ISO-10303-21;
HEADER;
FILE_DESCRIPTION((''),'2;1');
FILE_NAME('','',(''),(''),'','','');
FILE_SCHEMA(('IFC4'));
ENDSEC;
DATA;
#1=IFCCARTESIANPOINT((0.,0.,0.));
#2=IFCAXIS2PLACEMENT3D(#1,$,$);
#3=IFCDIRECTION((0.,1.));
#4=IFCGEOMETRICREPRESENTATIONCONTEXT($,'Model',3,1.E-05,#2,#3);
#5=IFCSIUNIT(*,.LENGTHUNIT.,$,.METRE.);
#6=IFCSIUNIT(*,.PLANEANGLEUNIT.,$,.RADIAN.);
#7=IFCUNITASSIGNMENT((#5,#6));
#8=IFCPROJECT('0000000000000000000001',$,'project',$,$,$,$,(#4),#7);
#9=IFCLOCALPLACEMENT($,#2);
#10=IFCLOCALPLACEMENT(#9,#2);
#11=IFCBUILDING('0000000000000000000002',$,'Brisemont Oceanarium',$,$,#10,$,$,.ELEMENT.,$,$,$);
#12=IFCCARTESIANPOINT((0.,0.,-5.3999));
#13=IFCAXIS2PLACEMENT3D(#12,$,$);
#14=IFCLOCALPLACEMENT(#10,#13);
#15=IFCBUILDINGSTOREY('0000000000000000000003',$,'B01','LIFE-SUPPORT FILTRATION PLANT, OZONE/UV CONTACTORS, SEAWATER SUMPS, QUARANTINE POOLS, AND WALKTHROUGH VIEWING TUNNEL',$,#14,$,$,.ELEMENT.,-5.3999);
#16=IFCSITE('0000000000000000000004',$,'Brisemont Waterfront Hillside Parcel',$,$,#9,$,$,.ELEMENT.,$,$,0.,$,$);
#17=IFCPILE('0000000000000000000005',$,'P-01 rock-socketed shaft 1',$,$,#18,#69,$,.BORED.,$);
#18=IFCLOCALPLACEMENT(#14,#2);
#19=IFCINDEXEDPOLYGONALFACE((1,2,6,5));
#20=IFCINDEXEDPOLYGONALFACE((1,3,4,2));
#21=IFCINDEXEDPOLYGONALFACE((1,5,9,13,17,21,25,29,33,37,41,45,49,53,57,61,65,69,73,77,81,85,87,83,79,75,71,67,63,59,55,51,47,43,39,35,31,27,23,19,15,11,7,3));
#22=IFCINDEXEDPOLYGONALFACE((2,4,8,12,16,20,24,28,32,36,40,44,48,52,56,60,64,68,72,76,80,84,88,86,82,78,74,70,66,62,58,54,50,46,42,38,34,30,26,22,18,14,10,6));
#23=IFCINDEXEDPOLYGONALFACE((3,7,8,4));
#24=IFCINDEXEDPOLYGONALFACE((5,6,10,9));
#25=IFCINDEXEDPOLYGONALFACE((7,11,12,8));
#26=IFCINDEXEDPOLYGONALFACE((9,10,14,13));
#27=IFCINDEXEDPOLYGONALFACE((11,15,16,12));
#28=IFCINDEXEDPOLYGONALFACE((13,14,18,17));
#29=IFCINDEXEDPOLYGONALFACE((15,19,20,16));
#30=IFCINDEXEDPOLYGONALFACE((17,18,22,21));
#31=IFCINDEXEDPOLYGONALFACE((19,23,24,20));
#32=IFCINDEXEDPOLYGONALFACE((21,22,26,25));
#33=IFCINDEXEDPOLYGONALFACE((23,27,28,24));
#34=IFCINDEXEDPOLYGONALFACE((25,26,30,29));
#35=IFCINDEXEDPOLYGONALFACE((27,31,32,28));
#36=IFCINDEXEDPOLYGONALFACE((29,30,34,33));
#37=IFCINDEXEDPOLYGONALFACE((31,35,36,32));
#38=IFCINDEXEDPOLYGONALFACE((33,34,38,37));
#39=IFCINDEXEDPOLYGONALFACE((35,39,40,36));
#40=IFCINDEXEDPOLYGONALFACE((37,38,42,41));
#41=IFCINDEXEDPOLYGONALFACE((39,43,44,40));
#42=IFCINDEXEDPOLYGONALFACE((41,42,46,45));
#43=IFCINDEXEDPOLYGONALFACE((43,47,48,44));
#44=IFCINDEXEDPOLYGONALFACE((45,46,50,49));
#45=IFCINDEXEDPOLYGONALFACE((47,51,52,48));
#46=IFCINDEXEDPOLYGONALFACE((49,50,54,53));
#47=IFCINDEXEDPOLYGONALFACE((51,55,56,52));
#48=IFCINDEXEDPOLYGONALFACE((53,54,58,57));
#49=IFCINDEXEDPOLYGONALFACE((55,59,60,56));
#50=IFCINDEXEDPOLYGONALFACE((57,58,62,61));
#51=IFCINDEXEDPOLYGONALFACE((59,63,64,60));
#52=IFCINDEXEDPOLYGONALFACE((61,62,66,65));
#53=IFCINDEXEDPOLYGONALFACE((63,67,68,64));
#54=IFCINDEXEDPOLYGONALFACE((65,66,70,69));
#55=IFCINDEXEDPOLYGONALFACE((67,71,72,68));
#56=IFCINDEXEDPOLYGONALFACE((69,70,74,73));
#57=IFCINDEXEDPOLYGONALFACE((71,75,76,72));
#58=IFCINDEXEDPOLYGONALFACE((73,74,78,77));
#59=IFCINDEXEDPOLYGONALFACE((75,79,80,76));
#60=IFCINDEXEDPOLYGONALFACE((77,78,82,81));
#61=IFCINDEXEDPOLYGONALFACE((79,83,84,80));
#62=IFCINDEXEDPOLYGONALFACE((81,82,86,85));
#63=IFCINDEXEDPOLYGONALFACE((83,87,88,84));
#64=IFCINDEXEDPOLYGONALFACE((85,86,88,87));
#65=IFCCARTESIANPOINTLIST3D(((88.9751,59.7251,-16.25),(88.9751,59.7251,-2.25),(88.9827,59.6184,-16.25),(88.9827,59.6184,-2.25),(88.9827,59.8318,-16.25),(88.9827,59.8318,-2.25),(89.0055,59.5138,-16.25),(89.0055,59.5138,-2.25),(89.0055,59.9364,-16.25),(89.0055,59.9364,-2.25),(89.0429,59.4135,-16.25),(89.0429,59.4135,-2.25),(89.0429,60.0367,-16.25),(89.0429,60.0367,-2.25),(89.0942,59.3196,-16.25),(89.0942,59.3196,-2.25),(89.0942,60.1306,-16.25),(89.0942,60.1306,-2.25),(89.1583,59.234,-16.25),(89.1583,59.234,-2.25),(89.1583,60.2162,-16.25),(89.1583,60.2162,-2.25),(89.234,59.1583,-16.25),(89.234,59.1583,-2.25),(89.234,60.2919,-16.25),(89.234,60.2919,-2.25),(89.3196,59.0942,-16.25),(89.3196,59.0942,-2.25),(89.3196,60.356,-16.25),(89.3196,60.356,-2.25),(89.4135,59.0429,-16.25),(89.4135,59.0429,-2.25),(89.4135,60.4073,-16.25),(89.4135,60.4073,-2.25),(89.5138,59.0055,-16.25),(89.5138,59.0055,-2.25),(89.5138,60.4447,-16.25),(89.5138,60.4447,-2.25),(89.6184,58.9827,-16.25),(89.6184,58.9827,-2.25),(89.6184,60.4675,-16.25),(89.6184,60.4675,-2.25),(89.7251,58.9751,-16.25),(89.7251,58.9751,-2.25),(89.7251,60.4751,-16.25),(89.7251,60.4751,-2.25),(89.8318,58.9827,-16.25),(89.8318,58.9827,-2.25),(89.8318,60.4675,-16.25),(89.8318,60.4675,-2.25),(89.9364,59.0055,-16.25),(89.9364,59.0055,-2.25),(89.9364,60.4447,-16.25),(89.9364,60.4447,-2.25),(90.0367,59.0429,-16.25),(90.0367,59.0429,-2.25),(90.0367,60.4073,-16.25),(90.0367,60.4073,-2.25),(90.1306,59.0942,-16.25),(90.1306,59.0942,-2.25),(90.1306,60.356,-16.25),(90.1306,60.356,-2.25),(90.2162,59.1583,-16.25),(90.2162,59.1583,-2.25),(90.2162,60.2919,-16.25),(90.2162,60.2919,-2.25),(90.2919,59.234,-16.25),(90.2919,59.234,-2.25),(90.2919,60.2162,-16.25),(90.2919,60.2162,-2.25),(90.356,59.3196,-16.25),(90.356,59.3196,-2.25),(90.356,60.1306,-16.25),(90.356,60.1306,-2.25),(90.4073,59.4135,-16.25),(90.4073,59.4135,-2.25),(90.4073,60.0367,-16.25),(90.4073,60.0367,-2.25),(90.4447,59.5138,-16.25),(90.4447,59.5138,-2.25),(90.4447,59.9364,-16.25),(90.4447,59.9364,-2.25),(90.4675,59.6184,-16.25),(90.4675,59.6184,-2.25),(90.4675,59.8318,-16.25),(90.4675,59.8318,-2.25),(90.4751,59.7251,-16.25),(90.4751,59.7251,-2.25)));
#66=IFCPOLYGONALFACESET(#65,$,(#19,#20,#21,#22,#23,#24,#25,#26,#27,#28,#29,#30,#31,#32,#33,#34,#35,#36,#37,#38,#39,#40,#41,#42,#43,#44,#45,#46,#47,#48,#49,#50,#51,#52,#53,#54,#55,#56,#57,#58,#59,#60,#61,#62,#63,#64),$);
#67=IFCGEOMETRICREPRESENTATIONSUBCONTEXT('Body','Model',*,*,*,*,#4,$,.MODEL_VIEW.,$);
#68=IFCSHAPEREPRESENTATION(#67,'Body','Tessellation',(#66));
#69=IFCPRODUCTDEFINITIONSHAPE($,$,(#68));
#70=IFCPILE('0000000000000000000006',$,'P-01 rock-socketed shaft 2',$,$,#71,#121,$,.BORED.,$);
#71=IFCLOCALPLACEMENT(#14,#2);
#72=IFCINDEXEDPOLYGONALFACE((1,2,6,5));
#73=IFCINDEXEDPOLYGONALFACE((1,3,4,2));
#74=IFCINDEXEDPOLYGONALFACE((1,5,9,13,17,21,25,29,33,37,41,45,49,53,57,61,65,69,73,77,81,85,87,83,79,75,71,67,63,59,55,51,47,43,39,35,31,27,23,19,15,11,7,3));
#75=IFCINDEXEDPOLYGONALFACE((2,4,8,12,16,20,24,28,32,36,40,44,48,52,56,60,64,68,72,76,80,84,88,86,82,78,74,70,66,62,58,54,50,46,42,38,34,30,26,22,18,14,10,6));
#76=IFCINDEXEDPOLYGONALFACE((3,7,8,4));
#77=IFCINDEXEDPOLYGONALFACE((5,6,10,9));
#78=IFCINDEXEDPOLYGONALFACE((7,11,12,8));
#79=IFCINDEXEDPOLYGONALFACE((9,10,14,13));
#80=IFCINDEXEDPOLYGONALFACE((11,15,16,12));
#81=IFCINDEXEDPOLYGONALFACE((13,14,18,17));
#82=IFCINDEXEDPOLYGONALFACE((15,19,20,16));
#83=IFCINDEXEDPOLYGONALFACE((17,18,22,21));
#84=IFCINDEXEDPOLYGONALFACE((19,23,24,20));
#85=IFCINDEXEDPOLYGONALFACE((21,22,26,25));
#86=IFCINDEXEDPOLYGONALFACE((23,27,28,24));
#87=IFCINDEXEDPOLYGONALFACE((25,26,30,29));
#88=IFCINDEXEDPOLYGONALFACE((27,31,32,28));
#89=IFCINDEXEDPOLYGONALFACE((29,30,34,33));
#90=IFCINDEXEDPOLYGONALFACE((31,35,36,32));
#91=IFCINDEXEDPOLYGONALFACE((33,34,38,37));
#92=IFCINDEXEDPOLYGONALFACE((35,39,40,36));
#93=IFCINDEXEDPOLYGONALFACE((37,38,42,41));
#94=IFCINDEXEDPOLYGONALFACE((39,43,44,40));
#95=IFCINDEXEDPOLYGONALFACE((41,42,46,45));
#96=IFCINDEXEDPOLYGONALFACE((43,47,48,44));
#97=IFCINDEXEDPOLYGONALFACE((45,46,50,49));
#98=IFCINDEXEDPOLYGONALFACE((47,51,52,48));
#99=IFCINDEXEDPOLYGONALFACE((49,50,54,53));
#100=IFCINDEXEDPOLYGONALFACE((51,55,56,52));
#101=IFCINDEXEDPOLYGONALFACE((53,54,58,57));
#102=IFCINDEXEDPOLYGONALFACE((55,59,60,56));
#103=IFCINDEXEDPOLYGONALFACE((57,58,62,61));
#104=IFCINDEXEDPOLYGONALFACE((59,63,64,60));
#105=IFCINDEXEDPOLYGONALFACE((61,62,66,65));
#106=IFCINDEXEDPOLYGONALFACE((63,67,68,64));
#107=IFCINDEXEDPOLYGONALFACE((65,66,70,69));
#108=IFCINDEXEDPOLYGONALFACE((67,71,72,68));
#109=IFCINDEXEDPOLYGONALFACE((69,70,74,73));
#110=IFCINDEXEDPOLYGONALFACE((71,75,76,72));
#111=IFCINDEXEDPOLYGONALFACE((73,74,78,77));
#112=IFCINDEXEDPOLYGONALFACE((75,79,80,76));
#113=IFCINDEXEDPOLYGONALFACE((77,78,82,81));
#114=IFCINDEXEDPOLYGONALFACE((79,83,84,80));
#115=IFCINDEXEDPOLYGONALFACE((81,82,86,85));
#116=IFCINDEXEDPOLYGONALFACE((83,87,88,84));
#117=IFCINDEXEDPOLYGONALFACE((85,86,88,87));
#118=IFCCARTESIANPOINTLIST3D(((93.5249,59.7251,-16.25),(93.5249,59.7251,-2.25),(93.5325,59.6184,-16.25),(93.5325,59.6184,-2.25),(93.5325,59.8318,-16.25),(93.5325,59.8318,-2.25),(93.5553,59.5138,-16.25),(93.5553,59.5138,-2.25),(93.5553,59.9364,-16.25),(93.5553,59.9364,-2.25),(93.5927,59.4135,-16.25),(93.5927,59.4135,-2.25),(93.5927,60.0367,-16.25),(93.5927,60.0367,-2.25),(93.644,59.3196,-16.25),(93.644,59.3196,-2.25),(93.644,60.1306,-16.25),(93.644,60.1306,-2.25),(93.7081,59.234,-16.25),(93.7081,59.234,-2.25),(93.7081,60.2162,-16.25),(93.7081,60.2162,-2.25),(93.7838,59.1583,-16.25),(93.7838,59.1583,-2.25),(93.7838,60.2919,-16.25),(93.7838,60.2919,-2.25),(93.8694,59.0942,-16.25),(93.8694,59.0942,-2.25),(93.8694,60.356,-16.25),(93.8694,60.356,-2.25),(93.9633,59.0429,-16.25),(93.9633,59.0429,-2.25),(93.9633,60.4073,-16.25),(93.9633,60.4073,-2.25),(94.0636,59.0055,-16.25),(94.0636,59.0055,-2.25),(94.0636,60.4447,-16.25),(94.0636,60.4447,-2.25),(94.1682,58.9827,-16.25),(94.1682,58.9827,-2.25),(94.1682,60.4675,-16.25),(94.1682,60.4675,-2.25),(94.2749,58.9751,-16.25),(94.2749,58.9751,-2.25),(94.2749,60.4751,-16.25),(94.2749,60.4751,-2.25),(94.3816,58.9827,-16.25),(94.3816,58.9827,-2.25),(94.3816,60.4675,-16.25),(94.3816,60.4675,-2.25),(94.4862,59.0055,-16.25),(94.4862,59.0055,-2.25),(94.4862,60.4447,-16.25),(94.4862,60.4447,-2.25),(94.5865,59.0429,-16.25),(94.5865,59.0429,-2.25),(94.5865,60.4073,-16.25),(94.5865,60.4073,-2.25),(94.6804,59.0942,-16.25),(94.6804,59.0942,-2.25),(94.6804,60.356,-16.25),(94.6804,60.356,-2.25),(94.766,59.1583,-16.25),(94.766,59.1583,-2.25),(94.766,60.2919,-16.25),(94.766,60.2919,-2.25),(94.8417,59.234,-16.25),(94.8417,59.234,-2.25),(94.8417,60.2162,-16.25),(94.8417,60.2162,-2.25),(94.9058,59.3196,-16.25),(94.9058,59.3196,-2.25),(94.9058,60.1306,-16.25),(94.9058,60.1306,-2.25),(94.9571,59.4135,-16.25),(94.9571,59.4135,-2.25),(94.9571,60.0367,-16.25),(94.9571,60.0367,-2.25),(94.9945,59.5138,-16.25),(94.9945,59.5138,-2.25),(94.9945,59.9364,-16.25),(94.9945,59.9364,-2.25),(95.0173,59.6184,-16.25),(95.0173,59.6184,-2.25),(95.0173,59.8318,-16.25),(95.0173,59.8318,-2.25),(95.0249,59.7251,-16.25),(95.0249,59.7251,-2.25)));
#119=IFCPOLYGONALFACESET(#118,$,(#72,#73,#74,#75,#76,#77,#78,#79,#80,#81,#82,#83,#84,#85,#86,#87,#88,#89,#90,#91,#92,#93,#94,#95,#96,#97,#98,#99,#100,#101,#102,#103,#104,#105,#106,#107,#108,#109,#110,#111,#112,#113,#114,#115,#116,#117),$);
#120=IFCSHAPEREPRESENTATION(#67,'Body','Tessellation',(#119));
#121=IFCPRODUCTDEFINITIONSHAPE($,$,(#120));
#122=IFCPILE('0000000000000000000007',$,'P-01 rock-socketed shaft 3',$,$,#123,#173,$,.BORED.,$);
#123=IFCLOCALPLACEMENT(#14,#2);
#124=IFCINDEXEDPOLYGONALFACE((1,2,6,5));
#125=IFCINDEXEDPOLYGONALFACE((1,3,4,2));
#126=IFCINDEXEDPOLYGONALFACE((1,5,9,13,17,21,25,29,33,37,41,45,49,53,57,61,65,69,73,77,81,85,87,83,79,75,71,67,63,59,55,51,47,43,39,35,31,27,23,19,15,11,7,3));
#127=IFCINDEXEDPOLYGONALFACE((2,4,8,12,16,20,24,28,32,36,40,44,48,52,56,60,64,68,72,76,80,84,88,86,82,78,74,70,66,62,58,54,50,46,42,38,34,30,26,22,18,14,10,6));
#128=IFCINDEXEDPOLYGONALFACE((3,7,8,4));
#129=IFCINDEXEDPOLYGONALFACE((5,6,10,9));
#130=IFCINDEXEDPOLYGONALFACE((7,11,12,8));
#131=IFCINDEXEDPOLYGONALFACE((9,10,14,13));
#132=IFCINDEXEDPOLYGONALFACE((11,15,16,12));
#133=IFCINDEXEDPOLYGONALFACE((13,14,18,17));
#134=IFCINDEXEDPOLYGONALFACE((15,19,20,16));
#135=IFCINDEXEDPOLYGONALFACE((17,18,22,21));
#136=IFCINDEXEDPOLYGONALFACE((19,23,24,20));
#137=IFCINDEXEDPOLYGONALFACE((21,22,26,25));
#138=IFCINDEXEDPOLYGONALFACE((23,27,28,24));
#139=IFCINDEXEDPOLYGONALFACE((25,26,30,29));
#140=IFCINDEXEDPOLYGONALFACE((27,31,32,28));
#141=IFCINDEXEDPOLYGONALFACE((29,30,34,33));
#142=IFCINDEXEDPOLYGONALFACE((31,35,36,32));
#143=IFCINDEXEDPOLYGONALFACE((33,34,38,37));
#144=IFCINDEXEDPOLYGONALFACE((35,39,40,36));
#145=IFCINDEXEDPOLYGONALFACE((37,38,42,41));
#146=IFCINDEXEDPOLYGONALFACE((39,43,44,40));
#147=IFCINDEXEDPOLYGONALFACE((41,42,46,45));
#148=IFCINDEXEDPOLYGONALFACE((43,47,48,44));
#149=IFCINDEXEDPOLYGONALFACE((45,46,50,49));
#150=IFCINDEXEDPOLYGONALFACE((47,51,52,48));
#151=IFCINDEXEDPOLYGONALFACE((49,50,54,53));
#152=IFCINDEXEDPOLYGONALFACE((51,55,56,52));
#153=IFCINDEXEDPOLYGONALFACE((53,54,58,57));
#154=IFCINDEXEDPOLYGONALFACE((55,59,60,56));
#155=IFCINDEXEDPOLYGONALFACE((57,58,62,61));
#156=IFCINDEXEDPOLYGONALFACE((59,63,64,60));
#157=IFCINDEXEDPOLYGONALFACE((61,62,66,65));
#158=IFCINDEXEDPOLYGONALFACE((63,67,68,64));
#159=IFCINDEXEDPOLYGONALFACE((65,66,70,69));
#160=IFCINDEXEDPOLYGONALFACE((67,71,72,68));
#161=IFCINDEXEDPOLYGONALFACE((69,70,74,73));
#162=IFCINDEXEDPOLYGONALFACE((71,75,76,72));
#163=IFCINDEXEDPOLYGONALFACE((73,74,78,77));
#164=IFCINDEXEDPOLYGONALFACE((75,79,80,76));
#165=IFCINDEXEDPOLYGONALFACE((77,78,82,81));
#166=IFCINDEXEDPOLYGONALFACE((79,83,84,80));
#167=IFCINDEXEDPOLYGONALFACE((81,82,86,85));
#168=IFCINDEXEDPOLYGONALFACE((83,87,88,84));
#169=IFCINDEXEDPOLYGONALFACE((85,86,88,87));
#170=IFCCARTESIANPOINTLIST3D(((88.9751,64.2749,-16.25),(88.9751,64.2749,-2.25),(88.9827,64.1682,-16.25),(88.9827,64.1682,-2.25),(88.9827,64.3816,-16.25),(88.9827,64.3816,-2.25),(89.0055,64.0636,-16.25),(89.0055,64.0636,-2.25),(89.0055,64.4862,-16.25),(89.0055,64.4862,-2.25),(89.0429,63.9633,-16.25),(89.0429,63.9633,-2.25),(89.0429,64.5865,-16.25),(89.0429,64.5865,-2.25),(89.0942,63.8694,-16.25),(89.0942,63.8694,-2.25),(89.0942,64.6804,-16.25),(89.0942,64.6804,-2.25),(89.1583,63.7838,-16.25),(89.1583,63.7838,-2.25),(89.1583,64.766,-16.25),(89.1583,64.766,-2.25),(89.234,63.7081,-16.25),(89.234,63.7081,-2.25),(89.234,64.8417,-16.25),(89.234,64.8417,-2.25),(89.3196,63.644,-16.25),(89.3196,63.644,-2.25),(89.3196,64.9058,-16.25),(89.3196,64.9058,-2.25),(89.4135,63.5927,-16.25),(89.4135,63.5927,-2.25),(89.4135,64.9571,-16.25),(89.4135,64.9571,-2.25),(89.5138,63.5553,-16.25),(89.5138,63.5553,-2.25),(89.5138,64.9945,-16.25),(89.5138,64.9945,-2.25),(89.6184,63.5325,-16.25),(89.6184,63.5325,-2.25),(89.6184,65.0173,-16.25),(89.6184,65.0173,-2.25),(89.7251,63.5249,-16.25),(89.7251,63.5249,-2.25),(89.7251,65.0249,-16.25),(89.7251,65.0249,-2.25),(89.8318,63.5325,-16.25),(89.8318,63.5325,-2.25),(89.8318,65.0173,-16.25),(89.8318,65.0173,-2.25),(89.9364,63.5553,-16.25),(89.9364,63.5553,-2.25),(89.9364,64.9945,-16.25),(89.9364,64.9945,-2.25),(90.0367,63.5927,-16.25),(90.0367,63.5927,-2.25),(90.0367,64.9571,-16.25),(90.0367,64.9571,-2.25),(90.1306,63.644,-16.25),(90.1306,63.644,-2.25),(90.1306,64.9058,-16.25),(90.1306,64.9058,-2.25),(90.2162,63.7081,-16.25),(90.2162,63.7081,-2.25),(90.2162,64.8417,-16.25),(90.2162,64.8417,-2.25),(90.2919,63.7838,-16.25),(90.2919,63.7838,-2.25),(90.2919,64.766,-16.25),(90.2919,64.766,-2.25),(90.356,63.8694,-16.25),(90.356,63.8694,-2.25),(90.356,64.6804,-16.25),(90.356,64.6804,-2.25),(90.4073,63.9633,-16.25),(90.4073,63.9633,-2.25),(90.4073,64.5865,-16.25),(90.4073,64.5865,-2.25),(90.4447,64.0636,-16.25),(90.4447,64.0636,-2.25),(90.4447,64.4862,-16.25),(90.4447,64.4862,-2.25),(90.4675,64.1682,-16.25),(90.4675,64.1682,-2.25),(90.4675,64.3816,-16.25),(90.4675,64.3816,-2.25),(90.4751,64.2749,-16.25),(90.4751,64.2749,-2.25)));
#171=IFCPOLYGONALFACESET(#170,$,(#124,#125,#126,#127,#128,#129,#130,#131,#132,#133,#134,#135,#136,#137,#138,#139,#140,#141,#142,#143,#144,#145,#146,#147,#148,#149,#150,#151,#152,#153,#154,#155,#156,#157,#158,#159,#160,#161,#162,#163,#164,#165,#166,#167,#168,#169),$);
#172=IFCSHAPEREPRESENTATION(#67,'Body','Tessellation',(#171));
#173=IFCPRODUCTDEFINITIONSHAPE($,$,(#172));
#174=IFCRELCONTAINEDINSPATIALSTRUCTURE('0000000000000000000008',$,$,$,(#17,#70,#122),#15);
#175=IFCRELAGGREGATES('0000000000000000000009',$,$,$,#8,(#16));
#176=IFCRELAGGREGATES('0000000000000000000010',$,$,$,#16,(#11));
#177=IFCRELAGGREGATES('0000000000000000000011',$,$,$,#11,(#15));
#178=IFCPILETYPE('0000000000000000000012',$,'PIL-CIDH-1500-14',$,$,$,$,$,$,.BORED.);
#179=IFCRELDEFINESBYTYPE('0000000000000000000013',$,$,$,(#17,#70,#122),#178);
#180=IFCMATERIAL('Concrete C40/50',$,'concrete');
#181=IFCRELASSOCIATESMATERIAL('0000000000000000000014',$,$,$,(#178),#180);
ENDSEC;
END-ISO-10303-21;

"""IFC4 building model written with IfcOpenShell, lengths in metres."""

from ifc_helpers import new_model, si_unit, direction, frame, origin, origin_2d, place, context, subcontext, project, spatial, circle, extrude, material, material_profile, profile_set, type_object, element, save


model = new_model("IFC4")

# Units and contexts
model_context = context("Model", 3, precision=1e-05, world=origin(), true_north=direction((0.0, 1.0)))
body_context = subcontext(model_context, "Body", "Model", "MODEL_VIEW")
ifc_project = project(units=[si_unit("LENGTHUNIT", "METRE"), si_unit("PLANEANGLEUNIT", "RADIAN")], contexts=[model_context])

# Site, building, storey
site_placement = place(None, origin())
site = spatial("IfcSite", under=ifc_project, at=site_placement, Name="Brisemont Waterfront Hillside Parcel", CompositionType="ELEMENT", RefElevation=0.0)
building_placement = place(site_placement, origin())
building = spatial("IfcBuilding", under=site, at=building_placement, Name="Brisemont Oceanarium", CompositionType="ELEMENT")
storey_placement = place(building_placement, frame((0.0, 0.0, -5.3999)))
storey = spatial("IfcBuildingStorey", under=building, at=storey_placement, Name="B01", Description="LIFE-SUPPORT FILTRATION PLANT, OZONE/UV CONTACTORS, SEAWATER SUMPS, QUARANTINE POOLS, AND WALKTHROUGH VIEWING TUNNEL", CompositionType="ELEMENT", Elevation=-5.3999)

# Piles
ifc_material_1 = material(Name="Concrete C40/50", Category="concrete")
ifc_material_profile_1 = material_profile(ifc_material_1, circle(Radius=0.75, at=origin_2d()), Name="CIDH-D1500")
ifc_profile_set_1 = profile_set([ifc_material_profile_1], Name="Concrete C40/50")
pile_type_1 = type_object("IfcPileType", Name="PIL-CIDH-1500-14", PredefinedType="BORED", material=ifc_profile_set_1)
for number, where, z_axis, x_axis, name in (
    (1, (89.7251, 59.7251, -2.25), (0.0, 0.0, -1.0), (1.0, 0.0, 0.0), "P-01 rock-socketed shaft 1"),
    (2, (94.2749, 59.7251, -2.25), (0.0, 0.0, -1.0), (1.0, 0.0, 0.0), "P-01 rock-socketed shaft 2"),
    (3, (89.7251, 64.2749, -2.25), (0.0, 0.0, -1.0), (1.0, 0.0, 0.0), "P-01 rock-socketed shaft 3"),
):
    element("IfcPile", number, at=place(storey_placement, frame(where, z_axis=z_axis, x_axis=x_axis)), inside=storey, type_object=pile_type_1, Name=name, PredefinedType="BORED", context=body_context, shape_type="SweptSolid", body=[
        extrude(circle(Radius=0.75, at=origin_2d()), origin(), (0.0, 0.0, 1.0), 14.0),
    ])

save(model, "model.ifc")
